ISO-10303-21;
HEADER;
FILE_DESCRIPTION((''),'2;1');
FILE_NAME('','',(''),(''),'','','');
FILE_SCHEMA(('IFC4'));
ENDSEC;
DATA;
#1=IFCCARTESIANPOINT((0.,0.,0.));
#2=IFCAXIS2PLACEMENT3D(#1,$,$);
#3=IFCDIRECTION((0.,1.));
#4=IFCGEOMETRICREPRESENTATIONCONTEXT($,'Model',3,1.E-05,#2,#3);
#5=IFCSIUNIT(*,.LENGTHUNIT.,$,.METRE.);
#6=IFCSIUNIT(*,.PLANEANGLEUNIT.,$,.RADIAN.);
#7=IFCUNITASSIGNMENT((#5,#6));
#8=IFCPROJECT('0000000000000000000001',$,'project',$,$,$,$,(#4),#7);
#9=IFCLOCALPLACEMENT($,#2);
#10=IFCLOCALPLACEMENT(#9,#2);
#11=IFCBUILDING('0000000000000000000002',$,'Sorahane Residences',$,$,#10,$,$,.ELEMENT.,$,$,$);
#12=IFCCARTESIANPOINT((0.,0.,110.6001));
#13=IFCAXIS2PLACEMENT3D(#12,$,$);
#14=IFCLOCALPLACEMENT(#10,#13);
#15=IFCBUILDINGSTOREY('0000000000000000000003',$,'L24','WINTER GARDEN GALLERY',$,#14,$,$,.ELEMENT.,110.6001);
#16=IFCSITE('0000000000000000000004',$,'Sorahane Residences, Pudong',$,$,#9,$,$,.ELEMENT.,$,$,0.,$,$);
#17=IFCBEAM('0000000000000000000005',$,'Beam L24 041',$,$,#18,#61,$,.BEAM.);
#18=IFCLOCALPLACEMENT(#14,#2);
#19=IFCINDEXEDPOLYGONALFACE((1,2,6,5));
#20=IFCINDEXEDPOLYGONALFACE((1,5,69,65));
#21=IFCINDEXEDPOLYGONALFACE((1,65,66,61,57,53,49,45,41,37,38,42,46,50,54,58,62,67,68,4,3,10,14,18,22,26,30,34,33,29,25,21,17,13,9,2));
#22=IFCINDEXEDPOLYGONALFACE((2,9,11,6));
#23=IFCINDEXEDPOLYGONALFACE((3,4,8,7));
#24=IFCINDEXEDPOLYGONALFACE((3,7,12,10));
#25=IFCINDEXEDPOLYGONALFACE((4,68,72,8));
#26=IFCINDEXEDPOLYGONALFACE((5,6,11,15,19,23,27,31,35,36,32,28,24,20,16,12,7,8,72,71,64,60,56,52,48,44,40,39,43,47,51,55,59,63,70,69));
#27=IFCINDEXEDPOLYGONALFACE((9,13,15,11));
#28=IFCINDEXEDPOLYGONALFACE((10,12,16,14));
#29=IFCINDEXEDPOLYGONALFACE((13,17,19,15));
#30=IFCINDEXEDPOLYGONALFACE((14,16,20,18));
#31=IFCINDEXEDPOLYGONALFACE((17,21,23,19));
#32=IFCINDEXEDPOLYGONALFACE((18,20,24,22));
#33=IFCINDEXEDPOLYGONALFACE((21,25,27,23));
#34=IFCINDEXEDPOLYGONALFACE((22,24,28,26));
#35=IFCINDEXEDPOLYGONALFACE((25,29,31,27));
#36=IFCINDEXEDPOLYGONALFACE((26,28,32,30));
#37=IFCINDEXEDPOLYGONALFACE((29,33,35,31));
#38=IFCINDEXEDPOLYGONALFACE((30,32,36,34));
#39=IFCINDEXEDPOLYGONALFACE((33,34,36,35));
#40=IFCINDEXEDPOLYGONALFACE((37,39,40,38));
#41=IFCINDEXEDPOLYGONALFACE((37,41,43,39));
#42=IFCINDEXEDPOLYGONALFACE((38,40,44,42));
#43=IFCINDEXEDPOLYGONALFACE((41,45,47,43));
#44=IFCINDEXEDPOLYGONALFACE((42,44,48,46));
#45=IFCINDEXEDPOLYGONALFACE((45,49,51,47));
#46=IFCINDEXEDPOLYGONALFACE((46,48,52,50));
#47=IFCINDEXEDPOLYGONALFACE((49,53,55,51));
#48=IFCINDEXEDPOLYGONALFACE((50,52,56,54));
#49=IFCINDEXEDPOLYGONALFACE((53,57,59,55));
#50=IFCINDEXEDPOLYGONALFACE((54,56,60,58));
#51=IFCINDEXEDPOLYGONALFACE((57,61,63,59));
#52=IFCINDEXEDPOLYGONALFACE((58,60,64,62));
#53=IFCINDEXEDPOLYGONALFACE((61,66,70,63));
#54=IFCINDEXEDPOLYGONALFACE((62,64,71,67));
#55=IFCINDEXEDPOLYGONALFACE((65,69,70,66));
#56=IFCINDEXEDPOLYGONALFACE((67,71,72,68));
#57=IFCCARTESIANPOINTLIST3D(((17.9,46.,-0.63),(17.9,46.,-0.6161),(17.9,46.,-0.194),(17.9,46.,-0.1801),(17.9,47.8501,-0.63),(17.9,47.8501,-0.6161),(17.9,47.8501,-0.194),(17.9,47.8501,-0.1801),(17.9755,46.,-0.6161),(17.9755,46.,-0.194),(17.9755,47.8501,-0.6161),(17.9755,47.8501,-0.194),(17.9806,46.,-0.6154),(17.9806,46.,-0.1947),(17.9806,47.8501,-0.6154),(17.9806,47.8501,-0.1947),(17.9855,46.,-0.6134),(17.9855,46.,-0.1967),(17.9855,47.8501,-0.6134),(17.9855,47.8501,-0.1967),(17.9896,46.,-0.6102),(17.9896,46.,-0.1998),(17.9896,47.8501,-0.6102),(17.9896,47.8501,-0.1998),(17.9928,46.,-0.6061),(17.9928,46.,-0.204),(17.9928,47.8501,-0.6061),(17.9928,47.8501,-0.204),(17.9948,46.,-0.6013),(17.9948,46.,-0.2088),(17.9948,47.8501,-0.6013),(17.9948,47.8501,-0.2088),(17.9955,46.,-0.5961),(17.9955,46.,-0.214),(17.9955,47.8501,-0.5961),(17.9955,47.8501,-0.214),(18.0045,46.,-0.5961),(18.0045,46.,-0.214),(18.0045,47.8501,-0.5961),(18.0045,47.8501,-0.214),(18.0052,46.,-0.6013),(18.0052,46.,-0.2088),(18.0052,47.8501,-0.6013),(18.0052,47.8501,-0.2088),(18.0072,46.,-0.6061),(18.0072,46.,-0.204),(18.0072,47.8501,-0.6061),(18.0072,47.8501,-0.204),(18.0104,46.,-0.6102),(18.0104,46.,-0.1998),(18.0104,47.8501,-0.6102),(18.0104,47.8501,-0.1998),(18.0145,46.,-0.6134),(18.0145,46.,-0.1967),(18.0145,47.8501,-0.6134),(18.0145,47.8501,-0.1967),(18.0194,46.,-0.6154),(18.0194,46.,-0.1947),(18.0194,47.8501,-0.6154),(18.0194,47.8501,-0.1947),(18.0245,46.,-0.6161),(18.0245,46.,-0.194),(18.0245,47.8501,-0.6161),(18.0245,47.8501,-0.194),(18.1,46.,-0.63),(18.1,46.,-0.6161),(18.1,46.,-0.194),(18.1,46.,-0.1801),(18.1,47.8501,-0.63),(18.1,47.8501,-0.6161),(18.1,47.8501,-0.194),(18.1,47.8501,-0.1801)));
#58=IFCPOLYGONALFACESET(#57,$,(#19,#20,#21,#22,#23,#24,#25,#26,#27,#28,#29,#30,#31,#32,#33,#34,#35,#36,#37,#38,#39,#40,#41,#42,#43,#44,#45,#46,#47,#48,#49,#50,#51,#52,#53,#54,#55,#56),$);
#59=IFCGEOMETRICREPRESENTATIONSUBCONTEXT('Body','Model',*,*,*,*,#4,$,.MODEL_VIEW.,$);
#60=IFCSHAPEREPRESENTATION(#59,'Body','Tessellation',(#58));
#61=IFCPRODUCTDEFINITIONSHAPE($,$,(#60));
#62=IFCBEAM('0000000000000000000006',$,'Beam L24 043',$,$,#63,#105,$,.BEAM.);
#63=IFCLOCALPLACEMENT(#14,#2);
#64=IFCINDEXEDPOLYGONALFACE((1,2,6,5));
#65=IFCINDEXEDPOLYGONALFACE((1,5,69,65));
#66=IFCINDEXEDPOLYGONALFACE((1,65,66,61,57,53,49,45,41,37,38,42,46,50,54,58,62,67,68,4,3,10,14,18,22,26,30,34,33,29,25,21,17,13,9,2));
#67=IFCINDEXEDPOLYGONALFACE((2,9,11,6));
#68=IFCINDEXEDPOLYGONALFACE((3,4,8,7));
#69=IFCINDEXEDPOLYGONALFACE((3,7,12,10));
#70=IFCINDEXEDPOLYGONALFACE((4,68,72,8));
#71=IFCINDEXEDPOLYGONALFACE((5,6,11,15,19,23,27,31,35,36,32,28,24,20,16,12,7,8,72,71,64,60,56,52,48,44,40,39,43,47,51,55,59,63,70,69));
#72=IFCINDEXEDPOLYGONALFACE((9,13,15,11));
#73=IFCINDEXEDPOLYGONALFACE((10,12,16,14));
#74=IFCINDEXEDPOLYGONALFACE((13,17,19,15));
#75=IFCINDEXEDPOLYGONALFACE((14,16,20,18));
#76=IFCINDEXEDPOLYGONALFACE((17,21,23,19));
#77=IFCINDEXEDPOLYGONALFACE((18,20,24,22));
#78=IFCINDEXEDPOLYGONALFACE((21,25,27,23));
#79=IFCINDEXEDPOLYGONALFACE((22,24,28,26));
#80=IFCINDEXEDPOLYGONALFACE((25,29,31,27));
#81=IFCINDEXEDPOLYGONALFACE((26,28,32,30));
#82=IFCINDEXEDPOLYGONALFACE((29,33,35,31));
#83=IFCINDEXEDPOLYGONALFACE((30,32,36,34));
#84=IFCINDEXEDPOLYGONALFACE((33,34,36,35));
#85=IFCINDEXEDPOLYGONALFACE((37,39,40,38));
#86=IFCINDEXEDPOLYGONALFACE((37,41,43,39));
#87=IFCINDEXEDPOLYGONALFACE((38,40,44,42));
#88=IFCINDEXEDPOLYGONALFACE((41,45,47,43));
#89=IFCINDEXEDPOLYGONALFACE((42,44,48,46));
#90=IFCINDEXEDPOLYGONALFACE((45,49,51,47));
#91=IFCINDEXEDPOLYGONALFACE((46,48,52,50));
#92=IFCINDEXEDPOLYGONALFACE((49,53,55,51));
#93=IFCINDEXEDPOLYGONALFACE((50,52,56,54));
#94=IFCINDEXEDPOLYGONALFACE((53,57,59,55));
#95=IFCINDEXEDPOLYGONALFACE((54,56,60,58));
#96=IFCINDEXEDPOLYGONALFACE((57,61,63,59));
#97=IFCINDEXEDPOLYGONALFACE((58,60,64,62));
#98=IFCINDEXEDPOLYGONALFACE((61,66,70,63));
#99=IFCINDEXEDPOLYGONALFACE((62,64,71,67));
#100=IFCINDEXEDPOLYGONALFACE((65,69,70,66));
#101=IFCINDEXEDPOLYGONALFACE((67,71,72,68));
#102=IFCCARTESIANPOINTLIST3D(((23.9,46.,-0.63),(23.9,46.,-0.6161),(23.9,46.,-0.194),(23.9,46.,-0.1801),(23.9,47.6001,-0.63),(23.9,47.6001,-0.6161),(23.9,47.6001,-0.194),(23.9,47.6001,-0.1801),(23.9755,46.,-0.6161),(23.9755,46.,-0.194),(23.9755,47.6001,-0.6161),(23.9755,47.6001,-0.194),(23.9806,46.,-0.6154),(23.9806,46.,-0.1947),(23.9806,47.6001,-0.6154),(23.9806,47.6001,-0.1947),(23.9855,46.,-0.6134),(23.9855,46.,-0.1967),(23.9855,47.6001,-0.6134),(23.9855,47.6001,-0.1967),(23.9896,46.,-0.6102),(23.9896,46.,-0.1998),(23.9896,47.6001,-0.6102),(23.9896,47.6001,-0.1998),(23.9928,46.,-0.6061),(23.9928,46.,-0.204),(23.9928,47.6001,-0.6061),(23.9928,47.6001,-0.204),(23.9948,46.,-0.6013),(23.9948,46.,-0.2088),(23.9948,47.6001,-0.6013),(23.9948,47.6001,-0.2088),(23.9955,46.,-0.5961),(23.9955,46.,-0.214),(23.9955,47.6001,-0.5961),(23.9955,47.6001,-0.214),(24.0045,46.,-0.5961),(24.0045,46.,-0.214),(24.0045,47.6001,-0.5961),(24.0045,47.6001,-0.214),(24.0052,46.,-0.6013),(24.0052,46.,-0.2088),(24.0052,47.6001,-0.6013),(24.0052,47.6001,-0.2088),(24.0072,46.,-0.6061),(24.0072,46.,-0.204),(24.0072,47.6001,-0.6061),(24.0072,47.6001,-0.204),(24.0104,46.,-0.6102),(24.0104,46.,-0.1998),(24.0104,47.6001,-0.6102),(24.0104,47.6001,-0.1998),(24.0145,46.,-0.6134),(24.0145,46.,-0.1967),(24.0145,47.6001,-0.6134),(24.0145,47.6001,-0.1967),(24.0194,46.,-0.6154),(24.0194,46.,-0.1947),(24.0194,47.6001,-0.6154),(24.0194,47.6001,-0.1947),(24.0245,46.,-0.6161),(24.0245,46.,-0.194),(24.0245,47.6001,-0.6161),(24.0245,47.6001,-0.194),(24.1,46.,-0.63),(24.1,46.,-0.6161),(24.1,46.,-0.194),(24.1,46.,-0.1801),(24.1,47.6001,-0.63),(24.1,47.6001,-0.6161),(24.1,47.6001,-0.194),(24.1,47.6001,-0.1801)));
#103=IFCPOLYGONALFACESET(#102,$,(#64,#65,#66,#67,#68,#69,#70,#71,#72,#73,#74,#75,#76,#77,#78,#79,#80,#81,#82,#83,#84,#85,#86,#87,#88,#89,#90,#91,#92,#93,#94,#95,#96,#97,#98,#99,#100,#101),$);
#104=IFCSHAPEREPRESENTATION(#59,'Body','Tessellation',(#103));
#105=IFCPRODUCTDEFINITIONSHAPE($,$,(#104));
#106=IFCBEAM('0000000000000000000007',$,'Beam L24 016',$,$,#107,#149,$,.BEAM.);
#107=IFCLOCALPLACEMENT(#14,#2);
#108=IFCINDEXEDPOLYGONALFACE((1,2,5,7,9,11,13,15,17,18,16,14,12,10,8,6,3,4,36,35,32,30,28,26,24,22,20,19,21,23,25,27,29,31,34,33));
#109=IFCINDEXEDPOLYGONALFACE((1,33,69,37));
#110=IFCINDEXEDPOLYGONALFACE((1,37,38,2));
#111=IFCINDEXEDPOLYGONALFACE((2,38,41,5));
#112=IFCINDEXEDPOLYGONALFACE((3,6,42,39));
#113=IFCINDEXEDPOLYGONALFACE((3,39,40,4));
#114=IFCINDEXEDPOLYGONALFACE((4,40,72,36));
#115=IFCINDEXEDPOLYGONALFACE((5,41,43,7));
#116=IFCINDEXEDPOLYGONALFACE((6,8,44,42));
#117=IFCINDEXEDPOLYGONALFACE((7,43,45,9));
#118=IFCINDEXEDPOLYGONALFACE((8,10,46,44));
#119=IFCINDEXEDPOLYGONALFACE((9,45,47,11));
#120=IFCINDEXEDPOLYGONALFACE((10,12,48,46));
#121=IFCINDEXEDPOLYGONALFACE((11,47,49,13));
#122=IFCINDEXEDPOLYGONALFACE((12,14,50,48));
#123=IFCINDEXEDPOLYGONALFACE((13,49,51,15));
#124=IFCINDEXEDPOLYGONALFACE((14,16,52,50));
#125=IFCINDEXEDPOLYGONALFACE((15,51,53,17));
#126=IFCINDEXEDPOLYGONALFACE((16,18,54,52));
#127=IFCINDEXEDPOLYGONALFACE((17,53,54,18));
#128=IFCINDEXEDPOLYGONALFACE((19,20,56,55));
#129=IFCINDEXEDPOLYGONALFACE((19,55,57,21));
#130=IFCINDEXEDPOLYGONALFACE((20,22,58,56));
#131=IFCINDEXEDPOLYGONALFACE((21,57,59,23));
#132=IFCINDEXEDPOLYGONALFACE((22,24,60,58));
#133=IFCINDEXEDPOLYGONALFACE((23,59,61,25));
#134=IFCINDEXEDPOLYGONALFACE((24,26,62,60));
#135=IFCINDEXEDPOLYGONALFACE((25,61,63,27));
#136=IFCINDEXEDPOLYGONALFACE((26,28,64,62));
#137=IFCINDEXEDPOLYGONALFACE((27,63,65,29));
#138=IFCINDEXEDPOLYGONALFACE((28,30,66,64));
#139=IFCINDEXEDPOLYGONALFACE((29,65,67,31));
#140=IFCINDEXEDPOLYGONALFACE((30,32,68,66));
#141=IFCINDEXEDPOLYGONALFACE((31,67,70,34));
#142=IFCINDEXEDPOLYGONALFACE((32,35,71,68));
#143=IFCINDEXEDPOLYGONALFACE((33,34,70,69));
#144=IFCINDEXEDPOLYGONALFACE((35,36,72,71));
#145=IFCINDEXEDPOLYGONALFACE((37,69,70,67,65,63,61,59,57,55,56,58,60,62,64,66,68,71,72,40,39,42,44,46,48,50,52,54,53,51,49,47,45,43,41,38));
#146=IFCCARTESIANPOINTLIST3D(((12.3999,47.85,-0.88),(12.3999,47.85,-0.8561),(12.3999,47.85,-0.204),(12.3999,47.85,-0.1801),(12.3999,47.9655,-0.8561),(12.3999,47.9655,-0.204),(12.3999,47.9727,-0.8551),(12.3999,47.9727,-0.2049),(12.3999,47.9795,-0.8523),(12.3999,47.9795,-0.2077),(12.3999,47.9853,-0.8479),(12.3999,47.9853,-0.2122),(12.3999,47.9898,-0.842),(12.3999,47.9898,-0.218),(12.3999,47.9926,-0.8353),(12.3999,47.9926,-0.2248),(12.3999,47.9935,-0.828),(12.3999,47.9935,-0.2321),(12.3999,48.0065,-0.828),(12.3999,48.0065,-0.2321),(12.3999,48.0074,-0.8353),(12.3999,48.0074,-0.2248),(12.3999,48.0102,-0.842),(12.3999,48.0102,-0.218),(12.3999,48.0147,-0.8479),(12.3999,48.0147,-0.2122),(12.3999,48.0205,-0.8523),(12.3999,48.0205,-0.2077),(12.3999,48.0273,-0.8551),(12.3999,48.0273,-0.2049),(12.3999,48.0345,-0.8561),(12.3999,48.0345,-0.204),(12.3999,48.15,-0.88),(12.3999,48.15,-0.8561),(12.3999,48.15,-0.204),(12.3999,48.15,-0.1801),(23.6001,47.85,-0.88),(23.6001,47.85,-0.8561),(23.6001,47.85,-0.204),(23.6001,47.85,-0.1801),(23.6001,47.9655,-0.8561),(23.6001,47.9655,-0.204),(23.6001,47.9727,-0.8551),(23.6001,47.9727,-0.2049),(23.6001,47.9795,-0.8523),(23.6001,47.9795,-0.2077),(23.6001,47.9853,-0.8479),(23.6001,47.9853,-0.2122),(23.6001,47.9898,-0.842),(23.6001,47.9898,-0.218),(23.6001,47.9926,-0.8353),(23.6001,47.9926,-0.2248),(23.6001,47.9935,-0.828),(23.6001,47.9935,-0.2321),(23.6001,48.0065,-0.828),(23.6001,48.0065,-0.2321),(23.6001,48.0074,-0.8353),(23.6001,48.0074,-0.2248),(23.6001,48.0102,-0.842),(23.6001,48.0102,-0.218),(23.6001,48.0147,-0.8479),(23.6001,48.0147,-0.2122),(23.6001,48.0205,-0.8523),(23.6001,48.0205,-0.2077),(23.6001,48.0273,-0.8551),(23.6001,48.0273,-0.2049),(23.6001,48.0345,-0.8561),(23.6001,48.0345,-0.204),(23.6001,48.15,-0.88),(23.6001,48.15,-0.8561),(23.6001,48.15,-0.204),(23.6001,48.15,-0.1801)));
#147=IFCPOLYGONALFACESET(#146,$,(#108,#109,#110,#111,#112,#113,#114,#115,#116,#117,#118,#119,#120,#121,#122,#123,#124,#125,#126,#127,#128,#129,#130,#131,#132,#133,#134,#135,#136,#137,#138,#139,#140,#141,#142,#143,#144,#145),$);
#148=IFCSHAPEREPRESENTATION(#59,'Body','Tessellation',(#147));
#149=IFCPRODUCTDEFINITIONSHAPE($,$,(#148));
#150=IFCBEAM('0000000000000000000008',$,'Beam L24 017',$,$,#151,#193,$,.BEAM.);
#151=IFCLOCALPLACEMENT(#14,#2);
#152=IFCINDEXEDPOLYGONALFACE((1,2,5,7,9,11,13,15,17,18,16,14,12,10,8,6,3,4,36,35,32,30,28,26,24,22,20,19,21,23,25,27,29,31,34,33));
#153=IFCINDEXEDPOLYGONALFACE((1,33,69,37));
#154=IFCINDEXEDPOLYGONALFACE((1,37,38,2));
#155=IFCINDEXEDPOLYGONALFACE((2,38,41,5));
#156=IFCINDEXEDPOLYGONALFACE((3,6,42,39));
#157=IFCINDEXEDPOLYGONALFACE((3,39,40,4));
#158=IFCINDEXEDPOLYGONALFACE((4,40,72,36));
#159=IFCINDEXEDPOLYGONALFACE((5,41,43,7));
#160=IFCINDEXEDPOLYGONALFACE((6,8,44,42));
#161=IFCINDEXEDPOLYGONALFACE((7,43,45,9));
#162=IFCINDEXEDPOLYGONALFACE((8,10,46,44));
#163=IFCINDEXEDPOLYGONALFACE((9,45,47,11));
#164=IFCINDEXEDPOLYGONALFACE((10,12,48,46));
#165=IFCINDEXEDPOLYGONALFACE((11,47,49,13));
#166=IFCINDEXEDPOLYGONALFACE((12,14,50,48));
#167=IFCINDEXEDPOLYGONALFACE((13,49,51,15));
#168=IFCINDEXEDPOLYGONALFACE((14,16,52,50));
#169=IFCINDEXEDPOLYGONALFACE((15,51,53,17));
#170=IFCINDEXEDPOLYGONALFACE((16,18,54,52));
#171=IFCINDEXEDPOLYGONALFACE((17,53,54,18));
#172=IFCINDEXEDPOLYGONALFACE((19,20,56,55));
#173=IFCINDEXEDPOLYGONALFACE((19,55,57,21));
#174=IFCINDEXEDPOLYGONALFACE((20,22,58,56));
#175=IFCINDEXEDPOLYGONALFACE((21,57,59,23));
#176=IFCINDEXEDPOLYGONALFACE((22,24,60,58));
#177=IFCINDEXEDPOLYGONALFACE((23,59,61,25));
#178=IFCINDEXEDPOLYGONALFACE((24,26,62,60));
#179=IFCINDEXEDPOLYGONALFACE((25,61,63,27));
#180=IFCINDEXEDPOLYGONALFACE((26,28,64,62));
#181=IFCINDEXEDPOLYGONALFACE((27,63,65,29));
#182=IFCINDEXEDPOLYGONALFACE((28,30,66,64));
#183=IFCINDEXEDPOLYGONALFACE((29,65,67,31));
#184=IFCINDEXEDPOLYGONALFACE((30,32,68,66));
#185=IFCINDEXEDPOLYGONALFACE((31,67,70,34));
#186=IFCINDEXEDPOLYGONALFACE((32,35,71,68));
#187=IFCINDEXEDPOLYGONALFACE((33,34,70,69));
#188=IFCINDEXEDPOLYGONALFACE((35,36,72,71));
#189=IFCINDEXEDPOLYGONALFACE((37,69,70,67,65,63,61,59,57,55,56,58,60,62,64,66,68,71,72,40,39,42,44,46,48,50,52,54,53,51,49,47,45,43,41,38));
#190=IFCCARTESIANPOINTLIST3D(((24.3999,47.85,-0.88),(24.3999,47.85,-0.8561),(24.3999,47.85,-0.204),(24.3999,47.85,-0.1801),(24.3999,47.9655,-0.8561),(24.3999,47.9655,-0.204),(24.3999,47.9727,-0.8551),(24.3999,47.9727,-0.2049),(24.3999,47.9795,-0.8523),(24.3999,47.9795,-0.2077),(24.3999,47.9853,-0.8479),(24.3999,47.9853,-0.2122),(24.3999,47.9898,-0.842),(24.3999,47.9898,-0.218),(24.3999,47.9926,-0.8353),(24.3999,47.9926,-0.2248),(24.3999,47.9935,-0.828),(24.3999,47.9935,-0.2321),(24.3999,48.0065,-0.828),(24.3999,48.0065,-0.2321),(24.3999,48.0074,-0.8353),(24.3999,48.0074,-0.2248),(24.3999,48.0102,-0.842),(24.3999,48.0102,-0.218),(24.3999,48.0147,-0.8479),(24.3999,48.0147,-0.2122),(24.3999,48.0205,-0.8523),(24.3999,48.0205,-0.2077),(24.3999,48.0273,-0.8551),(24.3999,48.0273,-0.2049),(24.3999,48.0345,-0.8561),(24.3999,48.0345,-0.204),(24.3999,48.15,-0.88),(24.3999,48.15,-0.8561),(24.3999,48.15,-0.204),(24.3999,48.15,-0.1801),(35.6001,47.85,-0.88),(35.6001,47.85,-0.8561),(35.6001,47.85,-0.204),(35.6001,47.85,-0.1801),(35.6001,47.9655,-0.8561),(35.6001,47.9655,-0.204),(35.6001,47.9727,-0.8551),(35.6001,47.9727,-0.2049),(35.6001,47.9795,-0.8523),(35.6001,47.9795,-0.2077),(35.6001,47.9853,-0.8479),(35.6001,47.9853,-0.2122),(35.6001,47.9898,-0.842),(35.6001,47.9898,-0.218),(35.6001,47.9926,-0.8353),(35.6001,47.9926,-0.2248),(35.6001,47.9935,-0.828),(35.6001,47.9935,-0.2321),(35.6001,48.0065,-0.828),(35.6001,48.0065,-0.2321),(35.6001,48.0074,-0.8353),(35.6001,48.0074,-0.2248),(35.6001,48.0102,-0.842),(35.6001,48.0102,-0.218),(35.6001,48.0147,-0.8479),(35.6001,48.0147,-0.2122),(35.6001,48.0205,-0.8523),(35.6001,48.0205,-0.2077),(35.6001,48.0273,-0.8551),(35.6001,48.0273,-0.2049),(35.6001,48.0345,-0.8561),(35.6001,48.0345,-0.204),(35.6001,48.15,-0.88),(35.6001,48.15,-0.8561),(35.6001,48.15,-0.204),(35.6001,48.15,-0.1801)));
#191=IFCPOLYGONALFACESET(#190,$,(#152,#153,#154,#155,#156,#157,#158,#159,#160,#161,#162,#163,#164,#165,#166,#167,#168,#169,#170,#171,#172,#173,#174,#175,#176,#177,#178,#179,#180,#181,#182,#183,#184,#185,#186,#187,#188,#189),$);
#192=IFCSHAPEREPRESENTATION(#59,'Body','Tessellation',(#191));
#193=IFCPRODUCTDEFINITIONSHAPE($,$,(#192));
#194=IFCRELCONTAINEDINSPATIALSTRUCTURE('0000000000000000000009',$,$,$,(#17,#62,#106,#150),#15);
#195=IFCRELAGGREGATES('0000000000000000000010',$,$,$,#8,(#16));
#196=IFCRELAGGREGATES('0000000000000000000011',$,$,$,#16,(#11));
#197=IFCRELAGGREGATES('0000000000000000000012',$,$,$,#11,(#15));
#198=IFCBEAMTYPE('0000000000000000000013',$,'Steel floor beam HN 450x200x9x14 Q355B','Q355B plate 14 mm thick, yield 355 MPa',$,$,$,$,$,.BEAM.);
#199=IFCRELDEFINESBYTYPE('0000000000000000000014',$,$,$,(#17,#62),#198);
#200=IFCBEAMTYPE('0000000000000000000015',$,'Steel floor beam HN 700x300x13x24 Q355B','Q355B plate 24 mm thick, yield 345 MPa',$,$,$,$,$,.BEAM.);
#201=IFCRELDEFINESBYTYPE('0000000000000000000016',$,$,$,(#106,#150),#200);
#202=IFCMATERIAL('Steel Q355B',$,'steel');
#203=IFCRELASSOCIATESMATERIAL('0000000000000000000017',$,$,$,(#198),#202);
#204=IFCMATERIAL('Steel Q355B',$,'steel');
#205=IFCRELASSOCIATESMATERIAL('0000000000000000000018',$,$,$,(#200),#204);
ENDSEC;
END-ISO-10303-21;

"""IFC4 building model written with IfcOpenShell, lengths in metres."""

from ifc_helpers import new_model, si_unit, direction, frame, origin, origin_2d, place, context, subcontext, project, spatial, i_section, extrude, material, material_profile, profile_set, type_object, element, save


model = new_model("IFC4")

# Units and contexts
model_context = context("Model", 3, precision=1e-05, world=origin(), true_north=direction((0.0, 1.0)))
body_context = subcontext(model_context, "Body", "Model", "MODEL_VIEW")
ifc_project = project(units=[si_unit("LENGTHUNIT", "METRE"), si_unit("PLANEANGLEUNIT", "RADIAN")], contexts=[model_context])

# Site, building, storey
site_placement = place(None, origin())
site = spatial("IfcSite", under=ifc_project, at=site_placement, Name="Sorahane Residences, Pudong", CompositionType="ELEMENT", RefElevation=0.0)
building_placement = place(site_placement, origin())
building = spatial("IfcBuilding", under=site, at=building_placement, Name="Sorahane Residences", CompositionType="ELEMENT")
storey_placement = place(building_placement, frame((0.0, 0.0, 110.6001)))
storey = spatial("IfcBuildingStorey", under=building, at=storey_placement, Name="L24", Description="WINTER GARDEN GALLERY", CompositionType="ELEMENT", Elevation=110.6001)

# Beams
ifc_material_1 = material(Name="Steel Q355B", Category="steel")
ifc_material_profile_1 = material_profile(ifc_material_1, i_section(OverallWidth=0.2, OverallDepth=0.45, WebThickness=0.009, FlangeThickness=0.0139, FilletRadius=0.02, at=origin_2d()), Name="HN 450x200x9x14")
ifc_profile_set_1 = profile_set([ifc_material_profile_1], Name="Steel Q355B")
beam_type_1 = type_object("IfcBeamType", Name="Steel floor beam HN 450x200x9x14 Q355B", Description="Q355B plate 14 mm thick, yield 355 MPa", PredefinedType="BEAM", material=ifc_profile_set_1)
beam_1_placement = place(storey_placement, frame((18.0, 46.0, -0.405), z_axis=(0.0, 1.0, 0.0), x_axis=(-1.0, 0.0, 0.0)))
element("IfcBeam", 1, at=beam_1_placement, inside=storey, type_object=beam_type_1, Name="Beam L24 041", PredefinedType="BEAM", context=body_context, shape_type="SweptSolid", body=[
    extrude(i_section(OverallWidth=0.2, OverallDepth=0.45, WebThickness=0.009, FlangeThickness=0.0139, FilletRadius=0.02, at=origin_2d()), origin(), (0.0, 0.0, 1.0), 1.8501),
])
beam_2_placement = place(storey_placement, frame((24.0, 46.0, -0.405), z_axis=(0.0, 1.0, 0.0), x_axis=(-1.0, 0.0, 0.0)))
element("IfcBeam", 2, at=beam_2_placement, inside=storey, type_object=beam_type_1, Name="Beam L24 043", PredefinedType="BEAM", context=body_context, shape_type="SweptSolid", body=[
    extrude(i_section(OverallWidth=0.2, OverallDepth=0.45, WebThickness=0.009, FlangeThickness=0.0139, FilletRadius=0.02, at=origin_2d()), origin(), (0.0, 0.0, 1.0), 1.6001),
])
ifc_material_2 = material(Name="Steel Q355B", Category="steel")
ifc_material_profile_2 = material_profile(ifc_material_2, i_section(OverallWidth=0.3, OverallDepth=0.7, WebThickness=0.0129, FlangeThickness=0.0239, FilletRadius=0.0281, at=origin_2d()), Name="HN 700x300x13x24")
ifc_profile_set_2 = profile_set([ifc_material_profile_2], Name="Steel Q355B")
beam_type_2 = type_object("IfcBeamType", Name="Steel floor beam HN 700x300x13x24 Q355B", Description="Q355B plate 24 mm thick, yield 345 MPa", PredefinedType="BEAM", material=ifc_profile_set_2)
for number, where, z_axis, x_axis, name in (
    (3, (12.3999, 48.0, -0.53), (1.0, 0.0, 0.0), (0.0, 1.0, 0.0), "Beam L24 016"),
    (4, (24.3999, 48.0, -0.53), (1.0, 0.0, 0.0), (0.0, 1.0, 0.0), "Beam L24 017"),
):
    element("IfcBeam", number, at=place(storey_placement, frame(where, z_axis=z_axis, x_axis=x_axis)), inside=storey, type_object=beam_type_2, Name=name, PredefinedType="BEAM", context=body_context, shape_type="SweptSolid", body=[
        extrude(i_section(OverallWidth=0.3, OverallDepth=0.7, WebThickness=0.0129, FlangeThickness=0.0239, FilletRadius=0.0281, at=origin_2d()), origin(), (0.0, 0.0, 1.0), 11.2002),
    ])

save(model, "model.ifc")
